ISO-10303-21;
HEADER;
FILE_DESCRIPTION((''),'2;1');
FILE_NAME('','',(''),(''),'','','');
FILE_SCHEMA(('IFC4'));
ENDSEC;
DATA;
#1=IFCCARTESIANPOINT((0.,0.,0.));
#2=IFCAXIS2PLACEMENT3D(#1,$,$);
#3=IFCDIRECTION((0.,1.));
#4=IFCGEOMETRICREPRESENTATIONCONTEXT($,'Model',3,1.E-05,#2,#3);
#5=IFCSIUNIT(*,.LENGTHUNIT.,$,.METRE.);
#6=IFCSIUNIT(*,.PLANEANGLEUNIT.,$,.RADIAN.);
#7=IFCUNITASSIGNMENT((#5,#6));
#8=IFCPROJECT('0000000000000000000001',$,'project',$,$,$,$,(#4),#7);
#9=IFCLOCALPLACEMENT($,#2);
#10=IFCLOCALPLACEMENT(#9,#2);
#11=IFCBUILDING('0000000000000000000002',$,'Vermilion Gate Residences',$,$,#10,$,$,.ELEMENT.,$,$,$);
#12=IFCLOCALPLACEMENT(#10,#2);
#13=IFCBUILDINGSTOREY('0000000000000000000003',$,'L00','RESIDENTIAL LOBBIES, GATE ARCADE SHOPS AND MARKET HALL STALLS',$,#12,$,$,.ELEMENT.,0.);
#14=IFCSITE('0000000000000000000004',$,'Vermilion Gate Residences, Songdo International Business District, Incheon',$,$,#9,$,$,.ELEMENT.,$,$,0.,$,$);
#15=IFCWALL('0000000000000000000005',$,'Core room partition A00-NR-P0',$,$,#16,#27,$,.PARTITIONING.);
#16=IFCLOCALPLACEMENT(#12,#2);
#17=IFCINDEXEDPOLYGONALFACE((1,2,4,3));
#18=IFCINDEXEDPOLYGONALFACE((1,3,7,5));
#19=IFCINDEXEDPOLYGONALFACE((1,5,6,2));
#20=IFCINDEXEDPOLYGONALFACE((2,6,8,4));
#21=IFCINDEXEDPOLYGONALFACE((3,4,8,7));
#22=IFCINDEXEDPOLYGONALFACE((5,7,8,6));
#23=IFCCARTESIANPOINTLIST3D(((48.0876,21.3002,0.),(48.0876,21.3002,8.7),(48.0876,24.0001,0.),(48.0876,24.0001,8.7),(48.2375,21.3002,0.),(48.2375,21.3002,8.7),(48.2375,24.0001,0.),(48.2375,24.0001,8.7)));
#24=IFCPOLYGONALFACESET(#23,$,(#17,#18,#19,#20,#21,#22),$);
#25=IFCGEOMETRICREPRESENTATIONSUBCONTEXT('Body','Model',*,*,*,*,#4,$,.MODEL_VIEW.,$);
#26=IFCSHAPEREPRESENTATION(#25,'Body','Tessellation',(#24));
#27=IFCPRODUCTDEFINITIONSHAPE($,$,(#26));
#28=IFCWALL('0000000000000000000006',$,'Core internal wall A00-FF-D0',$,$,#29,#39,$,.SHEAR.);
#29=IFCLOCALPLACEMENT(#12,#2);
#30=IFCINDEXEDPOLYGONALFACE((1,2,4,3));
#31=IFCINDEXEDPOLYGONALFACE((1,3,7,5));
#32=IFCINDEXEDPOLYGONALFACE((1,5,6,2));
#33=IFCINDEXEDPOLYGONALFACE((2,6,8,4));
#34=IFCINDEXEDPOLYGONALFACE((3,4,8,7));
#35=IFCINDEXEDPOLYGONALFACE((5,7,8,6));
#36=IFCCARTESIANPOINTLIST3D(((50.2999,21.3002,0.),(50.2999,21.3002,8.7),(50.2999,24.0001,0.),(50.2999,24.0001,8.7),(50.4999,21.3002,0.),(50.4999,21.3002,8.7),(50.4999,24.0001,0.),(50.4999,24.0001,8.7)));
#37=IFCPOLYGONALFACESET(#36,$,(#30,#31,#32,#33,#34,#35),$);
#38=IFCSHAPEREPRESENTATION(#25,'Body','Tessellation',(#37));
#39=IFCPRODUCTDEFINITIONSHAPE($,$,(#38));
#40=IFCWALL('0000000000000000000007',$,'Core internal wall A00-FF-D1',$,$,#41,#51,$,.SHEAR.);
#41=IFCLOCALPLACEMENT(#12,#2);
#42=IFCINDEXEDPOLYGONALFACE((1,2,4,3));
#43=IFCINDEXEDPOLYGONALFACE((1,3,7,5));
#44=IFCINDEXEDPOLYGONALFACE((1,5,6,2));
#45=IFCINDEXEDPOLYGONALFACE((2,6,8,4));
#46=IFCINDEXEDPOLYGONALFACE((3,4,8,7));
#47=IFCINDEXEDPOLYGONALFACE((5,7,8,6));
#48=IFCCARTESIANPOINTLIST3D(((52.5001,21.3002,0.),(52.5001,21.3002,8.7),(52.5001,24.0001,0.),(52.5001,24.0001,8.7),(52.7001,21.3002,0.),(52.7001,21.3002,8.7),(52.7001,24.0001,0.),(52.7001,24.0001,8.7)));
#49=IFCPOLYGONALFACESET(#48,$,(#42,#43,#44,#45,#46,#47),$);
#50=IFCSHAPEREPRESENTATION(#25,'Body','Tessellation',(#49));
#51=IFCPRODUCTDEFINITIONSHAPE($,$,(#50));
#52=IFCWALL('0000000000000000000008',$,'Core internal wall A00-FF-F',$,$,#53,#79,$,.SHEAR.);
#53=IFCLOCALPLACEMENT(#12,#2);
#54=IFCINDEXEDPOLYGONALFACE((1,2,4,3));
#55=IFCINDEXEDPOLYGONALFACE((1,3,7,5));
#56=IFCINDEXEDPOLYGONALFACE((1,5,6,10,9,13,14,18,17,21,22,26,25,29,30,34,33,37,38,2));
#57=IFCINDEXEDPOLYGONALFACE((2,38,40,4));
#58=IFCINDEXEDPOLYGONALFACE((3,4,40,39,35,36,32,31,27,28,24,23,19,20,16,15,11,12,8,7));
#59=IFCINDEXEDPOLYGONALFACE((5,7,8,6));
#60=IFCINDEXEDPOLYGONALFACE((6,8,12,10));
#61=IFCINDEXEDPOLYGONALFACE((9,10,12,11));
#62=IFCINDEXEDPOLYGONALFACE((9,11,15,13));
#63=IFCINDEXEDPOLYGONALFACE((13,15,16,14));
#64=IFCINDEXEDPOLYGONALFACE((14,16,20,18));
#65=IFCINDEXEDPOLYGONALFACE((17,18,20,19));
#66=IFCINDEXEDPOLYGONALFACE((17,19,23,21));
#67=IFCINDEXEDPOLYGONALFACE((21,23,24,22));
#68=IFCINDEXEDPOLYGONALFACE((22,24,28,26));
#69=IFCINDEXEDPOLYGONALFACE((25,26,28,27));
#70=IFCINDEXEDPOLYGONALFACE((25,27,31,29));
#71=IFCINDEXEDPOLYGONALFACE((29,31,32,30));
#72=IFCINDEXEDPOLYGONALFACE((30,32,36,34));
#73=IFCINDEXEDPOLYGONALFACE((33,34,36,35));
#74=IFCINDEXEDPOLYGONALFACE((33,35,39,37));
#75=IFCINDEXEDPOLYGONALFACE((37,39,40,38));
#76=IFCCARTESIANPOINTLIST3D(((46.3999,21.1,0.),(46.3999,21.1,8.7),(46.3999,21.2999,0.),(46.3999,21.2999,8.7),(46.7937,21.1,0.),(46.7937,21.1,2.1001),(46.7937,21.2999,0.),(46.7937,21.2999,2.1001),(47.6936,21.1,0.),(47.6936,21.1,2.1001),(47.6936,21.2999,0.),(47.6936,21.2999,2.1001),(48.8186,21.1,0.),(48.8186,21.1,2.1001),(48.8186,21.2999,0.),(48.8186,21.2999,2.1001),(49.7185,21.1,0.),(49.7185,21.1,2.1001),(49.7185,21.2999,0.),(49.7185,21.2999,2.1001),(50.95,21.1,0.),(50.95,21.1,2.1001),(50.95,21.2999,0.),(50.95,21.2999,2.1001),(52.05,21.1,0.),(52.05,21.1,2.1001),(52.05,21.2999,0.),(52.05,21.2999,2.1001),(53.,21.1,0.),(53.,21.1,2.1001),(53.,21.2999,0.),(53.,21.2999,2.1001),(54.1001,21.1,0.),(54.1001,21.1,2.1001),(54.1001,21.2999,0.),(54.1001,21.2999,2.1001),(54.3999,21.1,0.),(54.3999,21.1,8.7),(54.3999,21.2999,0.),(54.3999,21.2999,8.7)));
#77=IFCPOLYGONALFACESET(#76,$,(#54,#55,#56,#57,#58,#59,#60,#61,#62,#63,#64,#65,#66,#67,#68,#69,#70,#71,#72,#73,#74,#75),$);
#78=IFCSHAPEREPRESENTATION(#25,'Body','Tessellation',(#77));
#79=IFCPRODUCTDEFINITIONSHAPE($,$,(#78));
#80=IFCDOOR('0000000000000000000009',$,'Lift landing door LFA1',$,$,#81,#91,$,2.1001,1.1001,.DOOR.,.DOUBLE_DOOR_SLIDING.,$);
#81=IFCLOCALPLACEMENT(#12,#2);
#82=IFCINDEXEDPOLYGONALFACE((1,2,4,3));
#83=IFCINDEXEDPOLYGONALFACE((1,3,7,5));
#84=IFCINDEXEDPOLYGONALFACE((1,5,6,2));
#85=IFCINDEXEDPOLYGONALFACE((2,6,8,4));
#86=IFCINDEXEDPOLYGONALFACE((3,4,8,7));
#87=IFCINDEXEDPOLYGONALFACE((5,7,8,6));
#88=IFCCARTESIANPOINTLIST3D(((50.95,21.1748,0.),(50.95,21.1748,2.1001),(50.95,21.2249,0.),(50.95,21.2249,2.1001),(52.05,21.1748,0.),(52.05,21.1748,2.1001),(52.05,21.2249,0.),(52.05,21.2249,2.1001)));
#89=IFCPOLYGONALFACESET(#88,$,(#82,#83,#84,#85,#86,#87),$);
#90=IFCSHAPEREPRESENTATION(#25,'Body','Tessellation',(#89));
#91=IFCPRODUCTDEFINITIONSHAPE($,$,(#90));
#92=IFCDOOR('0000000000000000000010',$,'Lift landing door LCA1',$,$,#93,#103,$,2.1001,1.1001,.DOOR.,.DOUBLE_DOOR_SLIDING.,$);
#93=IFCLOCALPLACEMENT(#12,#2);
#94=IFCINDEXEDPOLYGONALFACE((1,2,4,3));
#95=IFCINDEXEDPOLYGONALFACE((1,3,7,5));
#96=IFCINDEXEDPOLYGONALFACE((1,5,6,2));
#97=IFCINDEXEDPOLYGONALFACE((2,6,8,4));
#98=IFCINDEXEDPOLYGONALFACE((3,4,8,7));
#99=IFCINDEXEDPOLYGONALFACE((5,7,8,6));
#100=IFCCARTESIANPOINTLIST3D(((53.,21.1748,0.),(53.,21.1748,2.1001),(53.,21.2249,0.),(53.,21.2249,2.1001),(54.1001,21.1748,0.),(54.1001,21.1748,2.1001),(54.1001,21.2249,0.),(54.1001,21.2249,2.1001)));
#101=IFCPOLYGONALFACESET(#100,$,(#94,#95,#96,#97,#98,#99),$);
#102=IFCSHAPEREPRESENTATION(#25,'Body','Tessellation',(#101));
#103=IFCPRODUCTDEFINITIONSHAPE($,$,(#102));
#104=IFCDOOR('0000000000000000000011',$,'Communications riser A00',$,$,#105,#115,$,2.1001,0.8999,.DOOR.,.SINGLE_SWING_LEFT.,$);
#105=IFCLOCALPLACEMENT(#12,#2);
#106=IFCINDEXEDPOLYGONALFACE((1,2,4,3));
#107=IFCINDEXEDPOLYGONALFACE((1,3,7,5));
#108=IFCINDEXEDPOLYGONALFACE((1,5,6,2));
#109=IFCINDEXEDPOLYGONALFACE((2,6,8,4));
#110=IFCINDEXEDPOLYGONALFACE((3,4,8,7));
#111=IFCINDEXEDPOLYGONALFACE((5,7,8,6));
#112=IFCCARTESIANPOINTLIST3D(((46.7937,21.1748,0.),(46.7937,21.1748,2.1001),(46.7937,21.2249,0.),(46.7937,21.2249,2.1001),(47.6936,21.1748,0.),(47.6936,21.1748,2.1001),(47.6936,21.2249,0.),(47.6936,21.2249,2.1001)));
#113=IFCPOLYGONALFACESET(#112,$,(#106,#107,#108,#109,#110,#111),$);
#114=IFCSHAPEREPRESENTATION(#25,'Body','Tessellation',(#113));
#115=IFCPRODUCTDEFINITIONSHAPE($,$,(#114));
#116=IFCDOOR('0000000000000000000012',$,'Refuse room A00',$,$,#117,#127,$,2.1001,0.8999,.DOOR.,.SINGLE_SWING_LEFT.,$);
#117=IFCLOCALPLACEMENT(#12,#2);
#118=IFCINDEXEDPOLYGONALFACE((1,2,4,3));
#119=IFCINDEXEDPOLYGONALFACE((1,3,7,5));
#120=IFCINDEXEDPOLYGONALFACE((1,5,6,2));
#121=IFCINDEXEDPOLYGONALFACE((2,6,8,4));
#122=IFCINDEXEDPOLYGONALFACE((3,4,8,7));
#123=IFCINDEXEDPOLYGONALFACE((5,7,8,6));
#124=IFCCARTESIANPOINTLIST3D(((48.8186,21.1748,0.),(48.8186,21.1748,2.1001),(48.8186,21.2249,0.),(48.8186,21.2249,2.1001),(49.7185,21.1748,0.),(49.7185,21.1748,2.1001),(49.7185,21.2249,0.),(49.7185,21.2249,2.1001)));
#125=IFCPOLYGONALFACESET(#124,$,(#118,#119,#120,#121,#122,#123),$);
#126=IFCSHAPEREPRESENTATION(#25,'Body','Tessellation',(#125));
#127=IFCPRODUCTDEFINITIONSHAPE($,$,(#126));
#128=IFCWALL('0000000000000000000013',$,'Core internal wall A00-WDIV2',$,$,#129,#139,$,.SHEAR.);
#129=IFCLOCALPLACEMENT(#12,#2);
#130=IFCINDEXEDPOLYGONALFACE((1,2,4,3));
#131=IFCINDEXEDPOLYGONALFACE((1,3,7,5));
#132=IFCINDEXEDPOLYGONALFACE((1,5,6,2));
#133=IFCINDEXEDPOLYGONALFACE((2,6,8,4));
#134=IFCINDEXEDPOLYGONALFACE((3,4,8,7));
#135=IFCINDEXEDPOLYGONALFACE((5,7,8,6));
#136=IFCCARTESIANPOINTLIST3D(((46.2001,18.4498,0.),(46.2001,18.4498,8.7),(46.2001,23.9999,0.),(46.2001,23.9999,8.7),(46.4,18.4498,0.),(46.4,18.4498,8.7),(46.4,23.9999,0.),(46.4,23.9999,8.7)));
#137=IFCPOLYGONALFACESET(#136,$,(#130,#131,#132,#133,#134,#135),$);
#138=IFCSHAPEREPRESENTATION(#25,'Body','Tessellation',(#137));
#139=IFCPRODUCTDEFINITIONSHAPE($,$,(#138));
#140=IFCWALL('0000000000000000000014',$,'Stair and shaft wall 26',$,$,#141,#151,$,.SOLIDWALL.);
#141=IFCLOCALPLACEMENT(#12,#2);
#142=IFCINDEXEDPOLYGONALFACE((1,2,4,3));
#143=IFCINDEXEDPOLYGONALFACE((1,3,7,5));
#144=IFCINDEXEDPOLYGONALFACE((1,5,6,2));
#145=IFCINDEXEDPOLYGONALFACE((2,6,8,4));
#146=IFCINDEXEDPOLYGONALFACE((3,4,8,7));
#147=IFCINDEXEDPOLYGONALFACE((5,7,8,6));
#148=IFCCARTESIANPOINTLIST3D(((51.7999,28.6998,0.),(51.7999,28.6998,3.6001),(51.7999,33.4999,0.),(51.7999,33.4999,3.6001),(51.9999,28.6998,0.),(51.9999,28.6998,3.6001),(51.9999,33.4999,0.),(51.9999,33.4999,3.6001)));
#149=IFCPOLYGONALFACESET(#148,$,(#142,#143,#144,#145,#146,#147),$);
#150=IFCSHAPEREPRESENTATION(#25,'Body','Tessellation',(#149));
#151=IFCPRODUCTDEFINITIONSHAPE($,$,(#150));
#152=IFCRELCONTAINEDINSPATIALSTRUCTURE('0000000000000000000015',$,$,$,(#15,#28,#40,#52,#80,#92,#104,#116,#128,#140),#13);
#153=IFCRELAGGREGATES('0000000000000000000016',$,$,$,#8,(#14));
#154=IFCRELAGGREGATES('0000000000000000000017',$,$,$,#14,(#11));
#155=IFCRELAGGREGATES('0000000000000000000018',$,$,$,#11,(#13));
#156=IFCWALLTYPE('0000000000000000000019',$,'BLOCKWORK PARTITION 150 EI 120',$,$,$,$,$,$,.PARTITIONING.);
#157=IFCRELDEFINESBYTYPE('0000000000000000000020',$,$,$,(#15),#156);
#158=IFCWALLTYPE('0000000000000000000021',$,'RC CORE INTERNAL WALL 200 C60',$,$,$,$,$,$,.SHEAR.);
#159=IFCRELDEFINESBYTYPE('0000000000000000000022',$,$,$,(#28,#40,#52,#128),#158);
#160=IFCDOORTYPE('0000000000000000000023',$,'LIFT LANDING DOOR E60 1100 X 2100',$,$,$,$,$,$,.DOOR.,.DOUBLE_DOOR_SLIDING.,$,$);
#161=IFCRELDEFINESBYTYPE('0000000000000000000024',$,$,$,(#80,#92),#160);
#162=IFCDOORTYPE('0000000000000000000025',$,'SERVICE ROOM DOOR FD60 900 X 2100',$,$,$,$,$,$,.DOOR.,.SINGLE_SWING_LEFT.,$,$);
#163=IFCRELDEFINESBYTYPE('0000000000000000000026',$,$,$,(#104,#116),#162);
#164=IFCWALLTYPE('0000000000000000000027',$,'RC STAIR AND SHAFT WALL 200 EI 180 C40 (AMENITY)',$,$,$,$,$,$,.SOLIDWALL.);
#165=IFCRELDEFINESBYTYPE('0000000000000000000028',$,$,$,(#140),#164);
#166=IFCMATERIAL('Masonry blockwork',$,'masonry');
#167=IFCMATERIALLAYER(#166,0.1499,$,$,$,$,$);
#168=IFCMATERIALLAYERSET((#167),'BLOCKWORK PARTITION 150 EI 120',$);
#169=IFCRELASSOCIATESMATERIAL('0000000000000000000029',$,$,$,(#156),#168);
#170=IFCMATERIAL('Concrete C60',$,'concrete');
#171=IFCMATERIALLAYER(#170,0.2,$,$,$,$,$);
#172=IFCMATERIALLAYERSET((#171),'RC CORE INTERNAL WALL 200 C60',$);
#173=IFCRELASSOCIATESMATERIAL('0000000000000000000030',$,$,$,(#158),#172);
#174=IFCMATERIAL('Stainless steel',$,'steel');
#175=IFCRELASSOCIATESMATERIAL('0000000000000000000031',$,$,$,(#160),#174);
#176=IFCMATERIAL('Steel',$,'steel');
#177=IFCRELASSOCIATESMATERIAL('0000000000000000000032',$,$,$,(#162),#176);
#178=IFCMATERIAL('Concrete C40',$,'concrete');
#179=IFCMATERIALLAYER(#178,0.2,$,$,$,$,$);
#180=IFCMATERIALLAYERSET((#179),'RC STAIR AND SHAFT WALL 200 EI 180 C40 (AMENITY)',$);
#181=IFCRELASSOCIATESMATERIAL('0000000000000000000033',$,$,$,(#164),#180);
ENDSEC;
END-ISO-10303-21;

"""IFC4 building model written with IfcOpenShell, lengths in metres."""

from ifc_helpers import new_model, si_unit, direction, frame, frame_2d, origin, place, context, subcontext, project, spatial, rectangle, extrude, material, layer, layer_set, type_object, element, fill, save


model = new_model("IFC4")

# Units and contexts
model_context = context("Model", 3, precision=1e-05, world=origin(), true_north=direction((0.0, 1.0)))
body_context = subcontext(model_context, "Body", "Model", "MODEL_VIEW")
ifc_project = project(units=[si_unit("LENGTHUNIT", "METRE"), si_unit("PLANEANGLEUNIT", "RADIAN")], contexts=[model_context])

# Site, building, storey
site_placement = place(None, origin())
site = spatial("IfcSite", under=ifc_project, at=site_placement, Name="Vermilion Gate Residences, Songdo International Business District, Incheon", CompositionType="ELEMENT", RefElevation=0.0)
building_placement = place(site_placement, origin())
building = spatial("IfcBuilding", under=site, at=building_placement, Name="Vermilion Gate Residences", CompositionType="ELEMENT")
storey_placement = place(building_placement, origin())
storey = spatial("IfcBuildingStorey", under=building, at=storey_placement, Name="L00", Description="RESIDENTIAL LOBBIES, GATE ARCADE SHOPS AND MARKET HALL STALLS", CompositionType="ELEMENT", Elevation=0.0)

# Walls
ifc_material_1 = material(Name="Masonry blockwork", Category="masonry")
ifc_layer_1 = layer(ifc_material_1, 0.1499)
ifc_layer_set_1 = layer_set([ifc_layer_1], Name="BLOCKWORK PARTITION 150 EI 120")
wall_type_1 = type_object("IfcWallType", Name="BLOCKWORK PARTITION 150 EI 120", PredefinedType="PARTITIONING", material=ifc_layer_set_1)
wall_1_placement = place(storey_placement, frame((48.1626, 21.3, 0.0), z_axis=(0.0, 0.0, 1.0), x_axis=(0.0, 1.0, 0.0)))
element("IfcWall", 1, at=wall_1_placement, inside=storey, type_object=wall_type_1, Name="Core room partition A00-NR-P0", PredefinedType="PARTITIONING", context=body_context, shape_type="SweptSolid", body=[
    extrude(rectangle(XDim=2.7, YDim=0.1499, at=frame_2d((1.3501, 0.0))), origin(), (0.0, 0.0, 1.0), 8.7),
])
ifc_material_2 = material(Name="Concrete C60", Category="concrete")
ifc_layer_2 = layer(ifc_material_2, 0.2)
ifc_layer_set_2 = layer_set([ifc_layer_2], Name="RC CORE INTERNAL WALL 200 C60")
wall_type_2 = type_object("IfcWallType", Name="RC CORE INTERNAL WALL 200 C60", PredefinedType="SHEAR", material=ifc_layer_set_2)
for number, where, z_axis, x_axis, name in (
    (2, (50.3999, 21.3, 0.0), (0.0, 0.0, 1.0), (0.0, 1.0, 0.0), "Core internal wall A00-FF-D0"),
    (3, (52.6001, 21.3, 0.0), (0.0, 0.0, 1.0), (0.0, 1.0, 0.0), "Core internal wall A00-FF-D1"),
):
    element("IfcWall", number, at=place(storey_placement, frame(where, z_axis=z_axis, x_axis=x_axis)), inside=storey, type_object=wall_type_2, Name=name, PredefinedType="SHEAR", context=body_context, shape_type="SweptSolid", body=[
        extrude(rectangle(XDim=2.7, YDim=0.2, at=frame_2d((1.3501, 0.0))), origin(), (0.0, 0.0, 1.0), 8.7),
    ])

# Wall, openings, doors
wall_2_placement = place(storey_placement, frame((46.3999, 21.2, 0.0), z_axis=(0.0, 0.0, 1.0), x_axis=(1.0, 0.0, 0.0)))
wall_2 = element("IfcWall", 4, at=wall_2_placement, inside=storey, type_object=wall_type_2, Name="Core internal wall A00-FF-F", PredefinedType="SHEAR", context=body_context, shape_type="SweptSolid", body=[
    extrude(rectangle(XDim=8.0, YDim=0.2, at=frame_2d((4.0, 0.0))), origin(), (0.0, 0.0, 1.0), 8.7),
])
opening_1_placement = place(wall_2_placement, frame((0.3938, 0.0, 0.0)))
opening_1 = element("IfcOpeningElement", 5, at=opening_1_placement, cuts=wall_2, PredefinedType="OPENING", context=body_context, shape_type="SweptSolid", body=[
    extrude(rectangle(XDim=0.8999, YDim=2.1001, at=frame_2d((0.45, 1.05))), frame((0.0, 0.1099, 0.0), z_axis=(0.0, -1.0, 0.0), x_axis=(1.0, 0.0, 0.0)), (0.0, 0.0, 1.0), 0.22),
])
opening_2_placement = place(wall_2_placement, frame((2.4187, 0.0, 0.0)))
opening_2 = element("IfcOpeningElement", 6, at=opening_2_placement, cuts=wall_2, PredefinedType="OPENING", context=body_context, shape_type="SweptSolid", body=[
    extrude(rectangle(XDim=0.8999, YDim=2.1001, at=frame_2d((0.45, 1.05))), frame((0.0, 0.1099, 0.0), z_axis=(0.0, -1.0, 0.0), x_axis=(1.0, 0.0, 0.0)), (0.0, 0.0, 1.0), 0.22),
])
opening_3_placement = place(wall_2_placement, frame((4.55, 0.0, 0.0)))
opening_3 = element("IfcOpeningElement", 7, at=opening_3_placement, cuts=wall_2, PredefinedType="OPENING", context=body_context, shape_type="SweptSolid", body=[
    extrude(rectangle(XDim=1.1001, YDim=2.1001, at=frame_2d((0.55, 1.05))), frame((0.0, 0.1099, 0.0), z_axis=(0.0, -1.0, 0.0), x_axis=(1.0, 0.0, 0.0)), (0.0, 0.0, 1.0), 0.22),
])
opening_4_placement = place(wall_2_placement, frame((6.6001, 0.0, 0.0)))
opening_4 = element("IfcOpeningElement", 8, at=opening_4_placement, cuts=wall_2, PredefinedType="OPENING", context=body_context, shape_type="SweptSolid", body=[
    extrude(rectangle(XDim=1.1001, YDim=2.1001, at=frame_2d((0.55, 1.05))), frame((0.0, 0.1099, 0.0), z_axis=(0.0, -1.0, 0.0), x_axis=(1.0, 0.0, 0.0)), (0.0, 0.0, 1.0), 0.22),
])
ifc_material_3 = material(Name="Stainless steel", Category="steel")
door_type_1 = type_object("IfcDoorType", Name="LIFT LANDING DOOR E60 1100 X 2100", OperationType="DOUBLE_DOOR_SLIDING", PredefinedType="DOOR", material=ifc_material_3)
door_1_placement = place(opening_3_placement, origin())
door_1 = element("IfcDoor", 9, at=door_1_placement, inside=storey, type_object=door_type_1, Name="Lift landing door LFA1", OperationType="DOUBLE_DOOR_SLIDING", OverallHeight=2.1001, OverallWidth=1.1001, PredefinedType="DOOR", context=body_context, shape_type="SweptSolid", body=[
    extrude(rectangle(XDim=1.1001, YDim=2.1001, at=frame_2d((0.55, 1.05))), frame((0.0, 0.0249, 0.0), z_axis=(0.0, -1.0, 0.0), x_axis=(1.0, 0.0, 0.0)), (0.0, 0.0, 1.0), 0.05),
])
fill(opening_3, door_1)
door_2_placement = place(opening_4_placement, origin())
door_2 = element("IfcDoor", 10, at=door_2_placement, inside=storey, type_object=door_type_1, Name="Lift landing door LCA1", OperationType="DOUBLE_DOOR_SLIDING", OverallHeight=2.1001, OverallWidth=1.1001, PredefinedType="DOOR", context=body_context, shape_type="SweptSolid", body=[
    extrude(rectangle(XDim=1.1001, YDim=2.1001, at=frame_2d((0.55, 1.05))), frame((0.0, 0.0249, 0.0), z_axis=(0.0, -1.0, 0.0), x_axis=(1.0, 0.0, 0.0)), (0.0, 0.0, 1.0), 0.05),
])
fill(opening_4, door_2)
ifc_material_4 = material(Name="Steel", Category="steel")
door_type_2 = type_object("IfcDoorType", Name="SERVICE ROOM DOOR FD60 900 X 2100", OperationType="SINGLE_SWING_LEFT", PredefinedType="DOOR", material=ifc_material_4)
door_3_placement = place(opening_1_placement, origin())
door_3 = element("IfcDoor", 11, at=door_3_placement, inside=storey, type_object=door_type_2, Name="Communications riser A00", OperationType="SINGLE_SWING_LEFT", OverallHeight=2.1001, OverallWidth=0.8999, PredefinedType="DOOR", context=body_context, shape_type="SweptSolid", body=[
    extrude(rectangle(XDim=0.8999, YDim=2.1001, at=frame_2d((0.45, 1.05))), frame((0.0, 0.0249, 0.0), z_axis=(0.0, -1.0, 0.0), x_axis=(1.0, 0.0, 0.0)), (0.0, 0.0, 1.0), 0.05),
])
fill(opening_1, door_3)
door_4_placement = place(opening_2_placement, origin())
door_4 = element("IfcDoor", 12, at=door_4_placement, inside=storey, type_object=door_type_2, Name="Refuse room A00", OperationType="SINGLE_SWING_LEFT", OverallHeight=2.1001, OverallWidth=0.8999, PredefinedType="DOOR", context=body_context, shape_type="SweptSolid", body=[
    extrude(rectangle(XDim=0.8999, YDim=2.1001, at=frame_2d((0.45, 1.05))), frame((0.0, 0.0249, 0.0), z_axis=(0.0, -1.0, 0.0), x_axis=(1.0, 0.0, 0.0)), (0.0, 0.0, 1.0), 0.05),
])
fill(opening_2, door_4)

# Walls
wall_3_placement = place(storey_placement, frame((46.3, 18.45, 0.0), z_axis=(0.0, 0.0, 1.0), x_axis=(0.0, 1.0, 0.0)))
element("IfcWall", 13, at=wall_3_placement, inside=storey, type_object=wall_type_2, Name="Core internal wall A00-WDIV2", PredefinedType="SHEAR", context=body_context, shape_type="SweptSolid", body=[
    extrude(rectangle(XDim=5.55, YDim=0.2, at=frame_2d((2.7749, 0.0))), origin(), (0.0, 0.0, 1.0), 8.7),
])
ifc_material_5 = material(Name="Concrete C40", Category="concrete")
ifc_layer_3 = layer(ifc_material_5, 0.2)
ifc_layer_set_3 = layer_set([ifc_layer_3], Name="RC STAIR AND SHAFT WALL 200 EI 180 C40 (AMENITY)")
wall_type_3 = type_object("IfcWallType", Name="RC STAIR AND SHAFT WALL 200 EI 180 C40 (AMENITY)", PredefinedType="SOLIDWALL", material=ifc_layer_set_3)
wall_4_placement = place(storey_placement, frame((51.8999, 28.7, 0.0), z_axis=(0.0, 0.0, 1.0), x_axis=(0.0, 1.0, 0.0)))
element("IfcWall", 14, at=wall_4_placement, inside=storey, type_object=wall_type_3, Name="Stair and shaft wall 26", PredefinedType="SOLIDWALL", context=body_context, shape_type="SweptSolid", body=[
    extrude(rectangle(XDim=4.8, YDim=0.2, at=frame_2d((2.3999, 0.0))), origin(), (0.0, 0.0, 1.0), 3.6001),
])

save(model, "model.ifc")
